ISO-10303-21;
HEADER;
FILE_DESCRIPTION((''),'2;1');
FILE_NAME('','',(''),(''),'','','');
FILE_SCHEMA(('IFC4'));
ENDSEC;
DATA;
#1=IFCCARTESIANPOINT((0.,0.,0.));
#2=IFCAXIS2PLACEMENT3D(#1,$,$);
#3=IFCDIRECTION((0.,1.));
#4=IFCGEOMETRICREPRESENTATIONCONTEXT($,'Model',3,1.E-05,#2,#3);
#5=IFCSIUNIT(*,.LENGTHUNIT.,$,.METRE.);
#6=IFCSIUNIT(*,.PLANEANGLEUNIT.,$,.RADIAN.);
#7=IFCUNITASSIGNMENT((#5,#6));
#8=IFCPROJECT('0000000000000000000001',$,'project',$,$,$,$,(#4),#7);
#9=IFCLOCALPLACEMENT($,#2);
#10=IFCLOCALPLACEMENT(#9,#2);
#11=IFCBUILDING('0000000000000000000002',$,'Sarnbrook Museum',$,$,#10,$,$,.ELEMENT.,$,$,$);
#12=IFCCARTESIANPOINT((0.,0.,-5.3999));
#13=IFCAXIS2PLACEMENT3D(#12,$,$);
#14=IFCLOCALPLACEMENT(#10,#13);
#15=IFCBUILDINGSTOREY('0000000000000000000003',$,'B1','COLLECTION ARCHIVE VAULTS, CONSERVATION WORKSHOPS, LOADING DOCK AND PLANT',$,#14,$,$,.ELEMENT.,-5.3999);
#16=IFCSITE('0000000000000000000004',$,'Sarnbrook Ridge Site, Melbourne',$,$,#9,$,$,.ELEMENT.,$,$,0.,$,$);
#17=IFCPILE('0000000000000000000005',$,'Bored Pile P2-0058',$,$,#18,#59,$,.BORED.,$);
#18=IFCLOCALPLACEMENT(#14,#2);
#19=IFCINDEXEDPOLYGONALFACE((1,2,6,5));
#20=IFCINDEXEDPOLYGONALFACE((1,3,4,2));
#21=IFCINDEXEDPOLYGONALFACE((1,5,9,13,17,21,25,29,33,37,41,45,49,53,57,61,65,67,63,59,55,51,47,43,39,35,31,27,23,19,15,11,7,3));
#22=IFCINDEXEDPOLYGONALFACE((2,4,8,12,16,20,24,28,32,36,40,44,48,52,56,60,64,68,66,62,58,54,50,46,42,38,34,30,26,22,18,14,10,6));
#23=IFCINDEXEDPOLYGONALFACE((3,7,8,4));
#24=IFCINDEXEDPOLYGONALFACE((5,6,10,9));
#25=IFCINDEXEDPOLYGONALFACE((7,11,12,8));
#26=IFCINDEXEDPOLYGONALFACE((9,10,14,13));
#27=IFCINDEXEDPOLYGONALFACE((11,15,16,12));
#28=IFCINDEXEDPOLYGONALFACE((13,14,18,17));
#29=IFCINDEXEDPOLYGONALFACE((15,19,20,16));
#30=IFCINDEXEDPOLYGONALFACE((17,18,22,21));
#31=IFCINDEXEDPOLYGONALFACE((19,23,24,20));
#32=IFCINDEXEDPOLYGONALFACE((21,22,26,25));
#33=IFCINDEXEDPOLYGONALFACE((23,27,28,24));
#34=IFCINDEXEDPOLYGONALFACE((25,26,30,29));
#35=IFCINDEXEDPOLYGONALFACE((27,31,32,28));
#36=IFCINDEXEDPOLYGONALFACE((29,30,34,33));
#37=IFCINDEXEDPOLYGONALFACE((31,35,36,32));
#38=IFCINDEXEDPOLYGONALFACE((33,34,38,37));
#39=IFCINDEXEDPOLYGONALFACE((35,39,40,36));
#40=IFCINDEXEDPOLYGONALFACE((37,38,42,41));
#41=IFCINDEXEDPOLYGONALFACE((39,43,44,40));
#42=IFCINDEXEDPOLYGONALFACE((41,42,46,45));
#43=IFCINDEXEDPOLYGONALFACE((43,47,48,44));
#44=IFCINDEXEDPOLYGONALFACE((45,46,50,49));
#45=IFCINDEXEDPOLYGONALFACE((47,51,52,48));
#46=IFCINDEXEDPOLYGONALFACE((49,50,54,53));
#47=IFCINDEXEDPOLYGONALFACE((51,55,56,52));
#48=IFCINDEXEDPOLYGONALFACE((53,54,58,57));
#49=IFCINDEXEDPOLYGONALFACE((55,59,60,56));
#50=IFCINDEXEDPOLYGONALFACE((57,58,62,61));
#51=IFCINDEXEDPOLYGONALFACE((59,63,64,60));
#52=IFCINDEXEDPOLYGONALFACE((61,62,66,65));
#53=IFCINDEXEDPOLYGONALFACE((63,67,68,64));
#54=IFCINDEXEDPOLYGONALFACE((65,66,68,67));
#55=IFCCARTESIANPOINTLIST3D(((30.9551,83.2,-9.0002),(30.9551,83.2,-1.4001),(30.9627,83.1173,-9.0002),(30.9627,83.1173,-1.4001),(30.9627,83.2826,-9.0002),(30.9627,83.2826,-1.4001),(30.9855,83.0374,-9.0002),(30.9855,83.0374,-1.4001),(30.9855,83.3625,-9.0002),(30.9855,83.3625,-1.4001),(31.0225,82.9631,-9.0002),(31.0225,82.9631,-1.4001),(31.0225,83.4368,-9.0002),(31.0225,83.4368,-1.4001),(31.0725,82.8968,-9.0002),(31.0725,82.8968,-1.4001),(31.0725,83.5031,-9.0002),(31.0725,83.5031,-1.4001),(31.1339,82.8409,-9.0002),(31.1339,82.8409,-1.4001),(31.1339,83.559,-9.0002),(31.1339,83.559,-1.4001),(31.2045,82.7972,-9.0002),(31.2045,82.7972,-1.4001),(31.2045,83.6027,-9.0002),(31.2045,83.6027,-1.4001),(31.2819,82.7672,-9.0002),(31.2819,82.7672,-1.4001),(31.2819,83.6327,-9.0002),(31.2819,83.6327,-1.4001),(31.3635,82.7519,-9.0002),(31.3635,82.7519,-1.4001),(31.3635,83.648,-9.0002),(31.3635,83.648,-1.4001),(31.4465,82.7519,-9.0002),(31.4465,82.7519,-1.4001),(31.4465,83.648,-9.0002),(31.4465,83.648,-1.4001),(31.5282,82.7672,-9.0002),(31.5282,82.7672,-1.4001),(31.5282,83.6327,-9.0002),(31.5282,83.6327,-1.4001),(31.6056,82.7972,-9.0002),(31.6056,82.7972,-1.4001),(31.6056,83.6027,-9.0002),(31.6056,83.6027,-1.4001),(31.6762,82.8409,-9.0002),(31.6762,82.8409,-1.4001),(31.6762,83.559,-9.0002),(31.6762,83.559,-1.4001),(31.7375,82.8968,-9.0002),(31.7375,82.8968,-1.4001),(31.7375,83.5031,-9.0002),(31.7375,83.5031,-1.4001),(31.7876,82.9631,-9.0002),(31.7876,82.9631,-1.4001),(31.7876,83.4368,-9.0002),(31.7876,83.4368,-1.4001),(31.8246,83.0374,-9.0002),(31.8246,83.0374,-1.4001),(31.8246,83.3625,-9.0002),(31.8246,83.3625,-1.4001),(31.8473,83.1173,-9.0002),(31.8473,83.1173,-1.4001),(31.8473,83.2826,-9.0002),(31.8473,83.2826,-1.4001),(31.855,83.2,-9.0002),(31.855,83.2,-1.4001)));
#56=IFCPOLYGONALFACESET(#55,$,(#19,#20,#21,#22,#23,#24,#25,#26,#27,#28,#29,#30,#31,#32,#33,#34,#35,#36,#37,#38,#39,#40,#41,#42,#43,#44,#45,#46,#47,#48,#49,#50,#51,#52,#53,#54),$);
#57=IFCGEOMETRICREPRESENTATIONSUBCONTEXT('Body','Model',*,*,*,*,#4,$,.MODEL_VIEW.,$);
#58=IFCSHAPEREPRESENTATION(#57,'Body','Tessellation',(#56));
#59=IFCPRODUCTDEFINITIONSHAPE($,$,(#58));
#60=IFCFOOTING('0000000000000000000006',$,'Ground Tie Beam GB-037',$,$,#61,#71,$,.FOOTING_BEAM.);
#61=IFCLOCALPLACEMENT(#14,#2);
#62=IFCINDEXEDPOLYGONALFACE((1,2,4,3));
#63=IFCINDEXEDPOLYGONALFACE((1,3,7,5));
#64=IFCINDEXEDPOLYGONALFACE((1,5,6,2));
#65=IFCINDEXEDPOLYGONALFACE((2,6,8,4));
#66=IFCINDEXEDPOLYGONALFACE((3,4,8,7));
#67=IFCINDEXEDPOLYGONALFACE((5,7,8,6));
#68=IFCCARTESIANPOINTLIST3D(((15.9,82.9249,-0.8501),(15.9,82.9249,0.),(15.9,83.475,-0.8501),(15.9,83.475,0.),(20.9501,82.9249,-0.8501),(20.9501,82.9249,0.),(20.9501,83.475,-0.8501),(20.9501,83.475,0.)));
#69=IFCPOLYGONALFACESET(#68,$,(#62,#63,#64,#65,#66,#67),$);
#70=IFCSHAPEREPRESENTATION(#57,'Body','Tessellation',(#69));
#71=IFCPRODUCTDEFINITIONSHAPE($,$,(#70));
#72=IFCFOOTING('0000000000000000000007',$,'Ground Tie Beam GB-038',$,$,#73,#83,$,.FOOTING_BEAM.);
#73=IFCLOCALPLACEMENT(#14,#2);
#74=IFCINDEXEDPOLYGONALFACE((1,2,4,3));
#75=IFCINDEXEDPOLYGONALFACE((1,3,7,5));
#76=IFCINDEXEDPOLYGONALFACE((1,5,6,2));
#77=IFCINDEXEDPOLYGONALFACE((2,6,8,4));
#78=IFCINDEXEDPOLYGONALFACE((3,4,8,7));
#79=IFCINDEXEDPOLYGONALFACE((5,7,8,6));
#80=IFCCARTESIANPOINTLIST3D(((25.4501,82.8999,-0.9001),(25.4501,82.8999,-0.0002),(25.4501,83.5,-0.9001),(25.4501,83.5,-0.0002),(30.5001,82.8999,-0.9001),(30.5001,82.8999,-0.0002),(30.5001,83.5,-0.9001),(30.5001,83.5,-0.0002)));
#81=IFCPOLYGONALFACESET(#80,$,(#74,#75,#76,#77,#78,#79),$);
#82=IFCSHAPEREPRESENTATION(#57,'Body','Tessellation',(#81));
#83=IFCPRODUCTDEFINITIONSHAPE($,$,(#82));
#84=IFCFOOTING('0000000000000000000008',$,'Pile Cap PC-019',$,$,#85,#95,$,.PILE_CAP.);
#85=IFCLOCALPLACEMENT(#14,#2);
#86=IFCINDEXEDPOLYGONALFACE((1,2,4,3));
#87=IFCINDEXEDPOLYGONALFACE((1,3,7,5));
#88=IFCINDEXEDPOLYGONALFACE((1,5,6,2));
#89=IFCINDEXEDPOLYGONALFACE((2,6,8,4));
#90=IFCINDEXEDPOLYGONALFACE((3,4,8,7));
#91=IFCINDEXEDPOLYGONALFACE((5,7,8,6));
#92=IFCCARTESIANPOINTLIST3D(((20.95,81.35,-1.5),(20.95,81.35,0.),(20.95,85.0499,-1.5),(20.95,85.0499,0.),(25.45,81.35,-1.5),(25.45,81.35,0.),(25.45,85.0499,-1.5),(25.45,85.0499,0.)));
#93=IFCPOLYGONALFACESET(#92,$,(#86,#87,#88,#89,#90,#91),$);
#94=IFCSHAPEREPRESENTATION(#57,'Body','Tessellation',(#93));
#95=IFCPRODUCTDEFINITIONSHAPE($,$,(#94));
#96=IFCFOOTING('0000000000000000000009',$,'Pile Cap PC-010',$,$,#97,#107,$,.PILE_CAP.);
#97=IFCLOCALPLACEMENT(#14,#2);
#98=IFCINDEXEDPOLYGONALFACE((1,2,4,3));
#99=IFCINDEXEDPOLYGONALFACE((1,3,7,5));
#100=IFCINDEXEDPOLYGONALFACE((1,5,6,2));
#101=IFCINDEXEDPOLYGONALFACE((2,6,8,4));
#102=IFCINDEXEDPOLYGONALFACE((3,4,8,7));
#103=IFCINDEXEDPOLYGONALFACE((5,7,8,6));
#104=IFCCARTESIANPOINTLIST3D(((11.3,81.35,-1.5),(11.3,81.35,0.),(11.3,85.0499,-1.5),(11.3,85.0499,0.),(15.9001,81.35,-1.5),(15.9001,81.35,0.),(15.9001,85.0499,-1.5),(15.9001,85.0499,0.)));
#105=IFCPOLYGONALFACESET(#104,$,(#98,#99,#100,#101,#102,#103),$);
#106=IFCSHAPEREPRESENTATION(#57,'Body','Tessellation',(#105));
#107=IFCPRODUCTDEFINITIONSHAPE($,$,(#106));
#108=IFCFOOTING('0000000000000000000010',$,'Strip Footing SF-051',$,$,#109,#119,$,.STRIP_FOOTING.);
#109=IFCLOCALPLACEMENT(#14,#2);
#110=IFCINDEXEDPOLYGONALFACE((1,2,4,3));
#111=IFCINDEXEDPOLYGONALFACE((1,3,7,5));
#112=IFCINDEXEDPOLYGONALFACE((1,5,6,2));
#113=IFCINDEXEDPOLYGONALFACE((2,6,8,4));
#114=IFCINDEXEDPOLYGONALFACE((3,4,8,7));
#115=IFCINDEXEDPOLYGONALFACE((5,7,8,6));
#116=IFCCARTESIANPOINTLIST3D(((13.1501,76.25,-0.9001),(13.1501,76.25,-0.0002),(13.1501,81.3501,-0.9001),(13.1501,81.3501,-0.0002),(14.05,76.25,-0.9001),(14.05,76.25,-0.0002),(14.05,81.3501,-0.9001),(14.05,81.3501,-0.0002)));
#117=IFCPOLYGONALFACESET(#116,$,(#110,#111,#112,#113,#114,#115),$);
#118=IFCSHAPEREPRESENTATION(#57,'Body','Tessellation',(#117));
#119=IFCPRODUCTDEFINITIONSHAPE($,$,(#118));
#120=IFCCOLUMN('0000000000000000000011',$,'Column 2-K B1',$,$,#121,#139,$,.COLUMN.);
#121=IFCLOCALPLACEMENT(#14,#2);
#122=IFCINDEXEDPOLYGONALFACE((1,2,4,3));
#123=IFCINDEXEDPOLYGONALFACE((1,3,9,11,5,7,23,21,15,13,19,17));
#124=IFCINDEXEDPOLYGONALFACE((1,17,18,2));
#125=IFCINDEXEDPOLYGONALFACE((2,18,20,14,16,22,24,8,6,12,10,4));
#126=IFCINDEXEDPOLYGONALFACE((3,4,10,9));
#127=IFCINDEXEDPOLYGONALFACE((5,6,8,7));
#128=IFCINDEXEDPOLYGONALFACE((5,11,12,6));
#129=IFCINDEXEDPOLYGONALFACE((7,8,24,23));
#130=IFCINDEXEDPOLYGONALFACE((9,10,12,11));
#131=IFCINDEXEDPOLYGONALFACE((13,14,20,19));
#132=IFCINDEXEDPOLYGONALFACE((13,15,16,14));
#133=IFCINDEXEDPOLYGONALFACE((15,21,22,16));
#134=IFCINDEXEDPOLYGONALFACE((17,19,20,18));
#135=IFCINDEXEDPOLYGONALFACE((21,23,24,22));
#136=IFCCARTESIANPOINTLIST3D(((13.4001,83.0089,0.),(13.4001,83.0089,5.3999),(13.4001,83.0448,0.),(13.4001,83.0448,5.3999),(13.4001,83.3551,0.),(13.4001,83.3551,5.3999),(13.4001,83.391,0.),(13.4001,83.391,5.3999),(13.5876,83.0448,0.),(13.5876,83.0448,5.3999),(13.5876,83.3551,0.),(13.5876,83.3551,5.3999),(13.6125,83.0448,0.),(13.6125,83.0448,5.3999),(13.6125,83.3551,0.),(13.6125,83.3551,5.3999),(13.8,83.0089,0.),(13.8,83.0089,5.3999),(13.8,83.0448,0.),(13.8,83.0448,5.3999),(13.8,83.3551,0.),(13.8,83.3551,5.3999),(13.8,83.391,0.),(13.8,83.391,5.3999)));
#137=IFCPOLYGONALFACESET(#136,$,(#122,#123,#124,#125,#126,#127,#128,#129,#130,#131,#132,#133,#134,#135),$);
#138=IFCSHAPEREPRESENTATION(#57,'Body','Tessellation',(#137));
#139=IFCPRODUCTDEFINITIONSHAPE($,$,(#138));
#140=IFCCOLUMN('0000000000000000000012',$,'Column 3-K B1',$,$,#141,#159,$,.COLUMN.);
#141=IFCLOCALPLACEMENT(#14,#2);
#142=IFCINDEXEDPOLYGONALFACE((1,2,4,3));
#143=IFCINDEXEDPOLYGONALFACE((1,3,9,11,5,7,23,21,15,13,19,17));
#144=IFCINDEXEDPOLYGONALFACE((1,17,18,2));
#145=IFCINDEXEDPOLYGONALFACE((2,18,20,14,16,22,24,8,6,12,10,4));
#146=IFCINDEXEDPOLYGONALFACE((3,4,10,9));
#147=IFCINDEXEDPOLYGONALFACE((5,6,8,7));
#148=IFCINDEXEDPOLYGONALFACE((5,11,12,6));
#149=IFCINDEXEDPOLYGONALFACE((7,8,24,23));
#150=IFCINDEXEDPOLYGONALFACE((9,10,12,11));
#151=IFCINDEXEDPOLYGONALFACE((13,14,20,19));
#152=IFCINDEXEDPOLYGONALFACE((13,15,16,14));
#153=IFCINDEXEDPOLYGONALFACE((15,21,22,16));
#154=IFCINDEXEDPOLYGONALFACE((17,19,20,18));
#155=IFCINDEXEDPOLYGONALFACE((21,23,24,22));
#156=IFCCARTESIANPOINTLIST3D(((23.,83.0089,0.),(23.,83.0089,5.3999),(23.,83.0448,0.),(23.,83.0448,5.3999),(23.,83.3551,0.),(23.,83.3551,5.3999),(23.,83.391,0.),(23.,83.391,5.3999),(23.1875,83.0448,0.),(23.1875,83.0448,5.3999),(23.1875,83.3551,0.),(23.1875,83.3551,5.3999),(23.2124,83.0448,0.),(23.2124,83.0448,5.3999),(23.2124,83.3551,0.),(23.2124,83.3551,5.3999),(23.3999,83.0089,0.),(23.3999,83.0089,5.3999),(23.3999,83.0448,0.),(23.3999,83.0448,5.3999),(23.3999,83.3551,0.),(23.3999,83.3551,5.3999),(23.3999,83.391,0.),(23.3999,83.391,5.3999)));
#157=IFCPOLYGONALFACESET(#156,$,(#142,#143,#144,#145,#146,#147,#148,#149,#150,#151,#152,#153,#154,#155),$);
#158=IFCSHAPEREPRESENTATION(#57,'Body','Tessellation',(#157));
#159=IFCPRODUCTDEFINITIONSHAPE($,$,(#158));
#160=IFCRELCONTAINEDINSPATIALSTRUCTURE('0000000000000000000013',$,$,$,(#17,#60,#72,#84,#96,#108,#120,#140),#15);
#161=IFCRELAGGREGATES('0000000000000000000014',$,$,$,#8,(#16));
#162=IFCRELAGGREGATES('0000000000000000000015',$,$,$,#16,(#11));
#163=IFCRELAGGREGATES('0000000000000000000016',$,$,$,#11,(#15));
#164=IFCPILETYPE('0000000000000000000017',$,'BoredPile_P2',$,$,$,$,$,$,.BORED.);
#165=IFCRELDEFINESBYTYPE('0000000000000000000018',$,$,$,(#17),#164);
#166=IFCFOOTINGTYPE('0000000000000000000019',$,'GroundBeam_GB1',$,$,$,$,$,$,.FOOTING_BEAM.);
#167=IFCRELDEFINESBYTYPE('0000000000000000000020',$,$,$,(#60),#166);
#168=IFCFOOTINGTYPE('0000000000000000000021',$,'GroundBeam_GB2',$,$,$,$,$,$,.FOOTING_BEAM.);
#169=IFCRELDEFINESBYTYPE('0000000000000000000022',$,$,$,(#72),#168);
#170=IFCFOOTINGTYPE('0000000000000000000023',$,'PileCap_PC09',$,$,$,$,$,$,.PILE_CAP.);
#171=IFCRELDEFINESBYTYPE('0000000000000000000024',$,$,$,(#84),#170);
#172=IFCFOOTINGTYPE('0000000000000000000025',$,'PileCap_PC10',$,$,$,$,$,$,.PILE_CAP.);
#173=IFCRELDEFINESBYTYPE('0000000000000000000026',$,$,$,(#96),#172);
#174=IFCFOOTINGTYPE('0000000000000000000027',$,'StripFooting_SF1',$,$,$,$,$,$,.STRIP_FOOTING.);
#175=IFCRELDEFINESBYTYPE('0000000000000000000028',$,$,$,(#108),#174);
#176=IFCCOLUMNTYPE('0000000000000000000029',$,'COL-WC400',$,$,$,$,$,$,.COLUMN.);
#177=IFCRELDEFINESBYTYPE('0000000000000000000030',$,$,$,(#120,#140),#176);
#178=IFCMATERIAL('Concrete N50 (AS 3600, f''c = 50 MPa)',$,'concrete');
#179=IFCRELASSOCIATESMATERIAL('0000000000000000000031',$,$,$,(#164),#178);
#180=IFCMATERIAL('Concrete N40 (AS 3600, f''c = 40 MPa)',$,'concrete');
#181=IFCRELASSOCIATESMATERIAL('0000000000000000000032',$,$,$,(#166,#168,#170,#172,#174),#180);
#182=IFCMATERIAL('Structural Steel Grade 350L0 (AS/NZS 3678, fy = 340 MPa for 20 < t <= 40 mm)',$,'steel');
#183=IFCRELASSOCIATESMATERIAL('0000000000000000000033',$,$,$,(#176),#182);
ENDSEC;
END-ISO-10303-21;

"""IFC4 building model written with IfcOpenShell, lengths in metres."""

from ifc_helpers import new_model, si_unit, direction, frame, origin, origin_2d, place, context, subcontext, project, spatial, rectangle, circle, i_section, extrude, material, material_profile, profile_set, type_object, element, save


model = new_model("IFC4")

# Units and contexts
model_context = context("Model", 3, precision=1e-05, world=origin(), true_north=direction((0.0, 1.0)))
body_context = subcontext(model_context, "Body", "Model", "MODEL_VIEW")
ifc_project = project(units=[si_unit("LENGTHUNIT", "METRE"), si_unit("PLANEANGLEUNIT", "RADIAN")], contexts=[model_context])

# Site, building, storey
site_placement = place(None, origin())
site = spatial("IfcSite", under=ifc_project, at=site_placement, Name="Sarnbrook Ridge Site, Melbourne", CompositionType="ELEMENT", RefElevation=0.0)
building_placement = place(site_placement, origin())
building = spatial("IfcBuilding", under=site, at=building_placement, Name="Sarnbrook Museum", CompositionType="ELEMENT")
storey_placement = place(building_placement, frame((0.0, 0.0, -5.3999)))
storey = spatial("IfcBuildingStorey", under=building, at=storey_placement, Name="B1", Description="COLLECTION ARCHIVE VAULTS, CONSERVATION WORKSHOPS, LOADING DOCK AND PLANT", CompositionType="ELEMENT", Elevation=-5.3999)

# Pile
ifc_material_1 = material(Name="Concrete N50 (AS 3600, f'c = 50 MPa)", Category="concrete")
ifc_material_profile_1 = material_profile(ifc_material_1, circle(Radius=0.45, at=origin_2d()), Name="BORED PILE D900")
ifc_profile_set_1 = profile_set([ifc_material_profile_1], Name="Concrete N50 (AS 3600, f'c = 50 MPa)")
pile_type = type_object("IfcPileType", Name="BoredPile_P2", PredefinedType="BORED", material=ifc_profile_set_1)
for number, where, z_axis, x_axis, name in (
    (1, (31.405, 83.2, -1.4001), (0.0, 0.0, -1.0), (1.0, 0.0, 0.0), "Bored Pile P2-0058"),
):
    element("IfcPile", number, at=place(storey_placement, frame(where, z_axis=z_axis, x_axis=x_axis)), inside=storey, type_object=pile_type, Name=name, PredefinedType="BORED", context=body_context, shape_type="SweptSolid", body=[
        extrude(circle(Radius=0.45, at=origin_2d()), origin(), (0.0, 0.0, 1.0), 7.6001),
    ])

# Footings
ifc_material_2 = material(Name="Concrete N40 (AS 3600, f'c = 40 MPa)", Category="concrete")
footing_type_1 = type_object("IfcFootingType", Name="GroundBeam_GB1", PredefinedType="FOOTING_BEAM", material=ifc_material_2)
footing_1_placement = place(storey_placement, frame((18.425, 83.2, -0.8501), z_axis=(0.0, 0.0, 1.0), x_axis=(1.0, 0.0, 0.0)))
element("IfcFooting", 2, at=footing_1_placement, inside=storey, type_object=footing_type_1, Name="Ground Tie Beam GB-037", PredefinedType="FOOTING_BEAM", context=body_context, shape_type="SweptSolid", body=[
    extrude(rectangle(XDim=5.05, YDim=0.55, at=origin_2d()), origin(), (0.0, 0.0, 1.0), 0.8501),
])
footing_type_2 = type_object("IfcFootingType", Name="GroundBeam_GB2", PredefinedType="FOOTING_BEAM", material=ifc_material_2)
footing_2_placement = place(storey_placement, frame((27.9751, 83.2, -0.9001), z_axis=(0.0, 0.0, 1.0), x_axis=(1.0, 0.0, 0.0)))
element("IfcFooting", 3, at=footing_2_placement, inside=storey, type_object=footing_type_2, Name="Ground Tie Beam GB-038", PredefinedType="FOOTING_BEAM", context=body_context, shape_type="SweptSolid", body=[
    extrude(rectangle(XDim=5.05, YDim=0.6001, at=origin_2d()), origin(), (0.0, 0.0, 1.0), 0.8999),
])
footing_type_3 = type_object("IfcFootingType", Name="PileCap_PC09", PredefinedType="PILE_CAP", material=ifc_material_2)
footing_3_placement = place(storey_placement, frame((23.2, 83.2, -1.5), z_axis=(0.0, 0.0, 1.0), x_axis=(1.0, 0.0, 0.0)))
element("IfcFooting", 4, at=footing_3_placement, inside=storey, type_object=footing_type_3, Name="Pile Cap PC-019", PredefinedType="PILE_CAP", context=body_context, shape_type="SweptSolid", body=[
    extrude(rectangle(XDim=4.5, YDim=3.7, at=origin_2d()), origin(), (0.0, 0.0, 1.0), 1.5),
])
footing_type_4 = type_object("IfcFootingType", Name="PileCap_PC10", PredefinedType="PILE_CAP", material=ifc_material_2)
footing_4_placement = place(storey_placement, frame((13.6001, 83.2, -1.5), z_axis=(0.0, 0.0, 1.0), x_axis=(1.0, 0.0, 0.0)))
element("IfcFooting", 5, at=footing_4_placement, inside=storey, type_object=footing_type_4, Name="Pile Cap PC-010", PredefinedType="PILE_CAP", context=body_context, shape_type="SweptSolid", body=[
    extrude(rectangle(XDim=4.6001, YDim=3.7, at=origin_2d()), origin(), (0.0, 0.0, 1.0), 1.5),
])
footing_type_5 = type_object("IfcFootingType", Name="StripFooting_SF1", PredefinedType="STRIP_FOOTING", material=ifc_material_2)
footing_5_placement = place(storey_placement, frame((13.6001, 78.8, -0.9001), z_axis=(0.0, 0.0, 1.0), x_axis=(1.0, 0.0, 0.0)))
element("IfcFooting", 6, at=footing_5_placement, inside=storey, type_object=footing_type_5, Name="Strip Footing SF-051", PredefinedType="STRIP_FOOTING", context=body_context, shape_type="SweptSolid", body=[
    extrude(rectangle(XDim=0.8999, YDim=5.1001, at=origin_2d()), origin(), (0.0, 0.0, 1.0), 0.8999),
])

# Columns
ifc_material_3 = material(Name="Structural Steel Grade 350L0 (AS/NZS 3678, fy = 340 MPa for 20 < t <= 40 mm)", Category="steel")
ifc_material_profile_2 = material_profile(ifc_material_3, i_section(OverallWidth=0.3999, OverallDepth=0.3821, WebThickness=0.0249, FlangeThickness=0.0359, at=origin_2d()), Name="400WC270")
ifc_profile_set_2 = profile_set([ifc_material_profile_2], Name="Structural Steel Grade 350L0 (AS/NZS 3678, fy = 340 MPa for 20 < t <= 40 mm)")
column_type = type_object("IfcColumnType", Name="COL-WC400", PredefinedType="COLUMN", material=ifc_profile_set_2)
for number, where, z_axis, x_axis, name in (
    (7, (13.6001, 83.2, 0.0), (0.0, 0.0, 1.0), (1.0, 0.0, 0.0), "Column 2-K B1"),
    (8, (23.2, 83.2, 0.0), (0.0, 0.0, 1.0), (1.0, 0.0, 0.0), "Column 3-K B1"),
):
    element("IfcColumn", number, at=place(storey_placement, frame(where, z_axis=z_axis, x_axis=x_axis)), inside=storey, type_object=column_type, Name=name, PredefinedType="COLUMN", context=body_context, shape_type="SweptSolid", body=[
        extrude(i_section(OverallWidth=0.3999, OverallDepth=0.3821, WebThickness=0.0249, FlangeThickness=0.0359, at=origin_2d()), origin(), (0.0, 0.0, 1.0), 5.3999),
    ])

save(model, "model.ifc")
